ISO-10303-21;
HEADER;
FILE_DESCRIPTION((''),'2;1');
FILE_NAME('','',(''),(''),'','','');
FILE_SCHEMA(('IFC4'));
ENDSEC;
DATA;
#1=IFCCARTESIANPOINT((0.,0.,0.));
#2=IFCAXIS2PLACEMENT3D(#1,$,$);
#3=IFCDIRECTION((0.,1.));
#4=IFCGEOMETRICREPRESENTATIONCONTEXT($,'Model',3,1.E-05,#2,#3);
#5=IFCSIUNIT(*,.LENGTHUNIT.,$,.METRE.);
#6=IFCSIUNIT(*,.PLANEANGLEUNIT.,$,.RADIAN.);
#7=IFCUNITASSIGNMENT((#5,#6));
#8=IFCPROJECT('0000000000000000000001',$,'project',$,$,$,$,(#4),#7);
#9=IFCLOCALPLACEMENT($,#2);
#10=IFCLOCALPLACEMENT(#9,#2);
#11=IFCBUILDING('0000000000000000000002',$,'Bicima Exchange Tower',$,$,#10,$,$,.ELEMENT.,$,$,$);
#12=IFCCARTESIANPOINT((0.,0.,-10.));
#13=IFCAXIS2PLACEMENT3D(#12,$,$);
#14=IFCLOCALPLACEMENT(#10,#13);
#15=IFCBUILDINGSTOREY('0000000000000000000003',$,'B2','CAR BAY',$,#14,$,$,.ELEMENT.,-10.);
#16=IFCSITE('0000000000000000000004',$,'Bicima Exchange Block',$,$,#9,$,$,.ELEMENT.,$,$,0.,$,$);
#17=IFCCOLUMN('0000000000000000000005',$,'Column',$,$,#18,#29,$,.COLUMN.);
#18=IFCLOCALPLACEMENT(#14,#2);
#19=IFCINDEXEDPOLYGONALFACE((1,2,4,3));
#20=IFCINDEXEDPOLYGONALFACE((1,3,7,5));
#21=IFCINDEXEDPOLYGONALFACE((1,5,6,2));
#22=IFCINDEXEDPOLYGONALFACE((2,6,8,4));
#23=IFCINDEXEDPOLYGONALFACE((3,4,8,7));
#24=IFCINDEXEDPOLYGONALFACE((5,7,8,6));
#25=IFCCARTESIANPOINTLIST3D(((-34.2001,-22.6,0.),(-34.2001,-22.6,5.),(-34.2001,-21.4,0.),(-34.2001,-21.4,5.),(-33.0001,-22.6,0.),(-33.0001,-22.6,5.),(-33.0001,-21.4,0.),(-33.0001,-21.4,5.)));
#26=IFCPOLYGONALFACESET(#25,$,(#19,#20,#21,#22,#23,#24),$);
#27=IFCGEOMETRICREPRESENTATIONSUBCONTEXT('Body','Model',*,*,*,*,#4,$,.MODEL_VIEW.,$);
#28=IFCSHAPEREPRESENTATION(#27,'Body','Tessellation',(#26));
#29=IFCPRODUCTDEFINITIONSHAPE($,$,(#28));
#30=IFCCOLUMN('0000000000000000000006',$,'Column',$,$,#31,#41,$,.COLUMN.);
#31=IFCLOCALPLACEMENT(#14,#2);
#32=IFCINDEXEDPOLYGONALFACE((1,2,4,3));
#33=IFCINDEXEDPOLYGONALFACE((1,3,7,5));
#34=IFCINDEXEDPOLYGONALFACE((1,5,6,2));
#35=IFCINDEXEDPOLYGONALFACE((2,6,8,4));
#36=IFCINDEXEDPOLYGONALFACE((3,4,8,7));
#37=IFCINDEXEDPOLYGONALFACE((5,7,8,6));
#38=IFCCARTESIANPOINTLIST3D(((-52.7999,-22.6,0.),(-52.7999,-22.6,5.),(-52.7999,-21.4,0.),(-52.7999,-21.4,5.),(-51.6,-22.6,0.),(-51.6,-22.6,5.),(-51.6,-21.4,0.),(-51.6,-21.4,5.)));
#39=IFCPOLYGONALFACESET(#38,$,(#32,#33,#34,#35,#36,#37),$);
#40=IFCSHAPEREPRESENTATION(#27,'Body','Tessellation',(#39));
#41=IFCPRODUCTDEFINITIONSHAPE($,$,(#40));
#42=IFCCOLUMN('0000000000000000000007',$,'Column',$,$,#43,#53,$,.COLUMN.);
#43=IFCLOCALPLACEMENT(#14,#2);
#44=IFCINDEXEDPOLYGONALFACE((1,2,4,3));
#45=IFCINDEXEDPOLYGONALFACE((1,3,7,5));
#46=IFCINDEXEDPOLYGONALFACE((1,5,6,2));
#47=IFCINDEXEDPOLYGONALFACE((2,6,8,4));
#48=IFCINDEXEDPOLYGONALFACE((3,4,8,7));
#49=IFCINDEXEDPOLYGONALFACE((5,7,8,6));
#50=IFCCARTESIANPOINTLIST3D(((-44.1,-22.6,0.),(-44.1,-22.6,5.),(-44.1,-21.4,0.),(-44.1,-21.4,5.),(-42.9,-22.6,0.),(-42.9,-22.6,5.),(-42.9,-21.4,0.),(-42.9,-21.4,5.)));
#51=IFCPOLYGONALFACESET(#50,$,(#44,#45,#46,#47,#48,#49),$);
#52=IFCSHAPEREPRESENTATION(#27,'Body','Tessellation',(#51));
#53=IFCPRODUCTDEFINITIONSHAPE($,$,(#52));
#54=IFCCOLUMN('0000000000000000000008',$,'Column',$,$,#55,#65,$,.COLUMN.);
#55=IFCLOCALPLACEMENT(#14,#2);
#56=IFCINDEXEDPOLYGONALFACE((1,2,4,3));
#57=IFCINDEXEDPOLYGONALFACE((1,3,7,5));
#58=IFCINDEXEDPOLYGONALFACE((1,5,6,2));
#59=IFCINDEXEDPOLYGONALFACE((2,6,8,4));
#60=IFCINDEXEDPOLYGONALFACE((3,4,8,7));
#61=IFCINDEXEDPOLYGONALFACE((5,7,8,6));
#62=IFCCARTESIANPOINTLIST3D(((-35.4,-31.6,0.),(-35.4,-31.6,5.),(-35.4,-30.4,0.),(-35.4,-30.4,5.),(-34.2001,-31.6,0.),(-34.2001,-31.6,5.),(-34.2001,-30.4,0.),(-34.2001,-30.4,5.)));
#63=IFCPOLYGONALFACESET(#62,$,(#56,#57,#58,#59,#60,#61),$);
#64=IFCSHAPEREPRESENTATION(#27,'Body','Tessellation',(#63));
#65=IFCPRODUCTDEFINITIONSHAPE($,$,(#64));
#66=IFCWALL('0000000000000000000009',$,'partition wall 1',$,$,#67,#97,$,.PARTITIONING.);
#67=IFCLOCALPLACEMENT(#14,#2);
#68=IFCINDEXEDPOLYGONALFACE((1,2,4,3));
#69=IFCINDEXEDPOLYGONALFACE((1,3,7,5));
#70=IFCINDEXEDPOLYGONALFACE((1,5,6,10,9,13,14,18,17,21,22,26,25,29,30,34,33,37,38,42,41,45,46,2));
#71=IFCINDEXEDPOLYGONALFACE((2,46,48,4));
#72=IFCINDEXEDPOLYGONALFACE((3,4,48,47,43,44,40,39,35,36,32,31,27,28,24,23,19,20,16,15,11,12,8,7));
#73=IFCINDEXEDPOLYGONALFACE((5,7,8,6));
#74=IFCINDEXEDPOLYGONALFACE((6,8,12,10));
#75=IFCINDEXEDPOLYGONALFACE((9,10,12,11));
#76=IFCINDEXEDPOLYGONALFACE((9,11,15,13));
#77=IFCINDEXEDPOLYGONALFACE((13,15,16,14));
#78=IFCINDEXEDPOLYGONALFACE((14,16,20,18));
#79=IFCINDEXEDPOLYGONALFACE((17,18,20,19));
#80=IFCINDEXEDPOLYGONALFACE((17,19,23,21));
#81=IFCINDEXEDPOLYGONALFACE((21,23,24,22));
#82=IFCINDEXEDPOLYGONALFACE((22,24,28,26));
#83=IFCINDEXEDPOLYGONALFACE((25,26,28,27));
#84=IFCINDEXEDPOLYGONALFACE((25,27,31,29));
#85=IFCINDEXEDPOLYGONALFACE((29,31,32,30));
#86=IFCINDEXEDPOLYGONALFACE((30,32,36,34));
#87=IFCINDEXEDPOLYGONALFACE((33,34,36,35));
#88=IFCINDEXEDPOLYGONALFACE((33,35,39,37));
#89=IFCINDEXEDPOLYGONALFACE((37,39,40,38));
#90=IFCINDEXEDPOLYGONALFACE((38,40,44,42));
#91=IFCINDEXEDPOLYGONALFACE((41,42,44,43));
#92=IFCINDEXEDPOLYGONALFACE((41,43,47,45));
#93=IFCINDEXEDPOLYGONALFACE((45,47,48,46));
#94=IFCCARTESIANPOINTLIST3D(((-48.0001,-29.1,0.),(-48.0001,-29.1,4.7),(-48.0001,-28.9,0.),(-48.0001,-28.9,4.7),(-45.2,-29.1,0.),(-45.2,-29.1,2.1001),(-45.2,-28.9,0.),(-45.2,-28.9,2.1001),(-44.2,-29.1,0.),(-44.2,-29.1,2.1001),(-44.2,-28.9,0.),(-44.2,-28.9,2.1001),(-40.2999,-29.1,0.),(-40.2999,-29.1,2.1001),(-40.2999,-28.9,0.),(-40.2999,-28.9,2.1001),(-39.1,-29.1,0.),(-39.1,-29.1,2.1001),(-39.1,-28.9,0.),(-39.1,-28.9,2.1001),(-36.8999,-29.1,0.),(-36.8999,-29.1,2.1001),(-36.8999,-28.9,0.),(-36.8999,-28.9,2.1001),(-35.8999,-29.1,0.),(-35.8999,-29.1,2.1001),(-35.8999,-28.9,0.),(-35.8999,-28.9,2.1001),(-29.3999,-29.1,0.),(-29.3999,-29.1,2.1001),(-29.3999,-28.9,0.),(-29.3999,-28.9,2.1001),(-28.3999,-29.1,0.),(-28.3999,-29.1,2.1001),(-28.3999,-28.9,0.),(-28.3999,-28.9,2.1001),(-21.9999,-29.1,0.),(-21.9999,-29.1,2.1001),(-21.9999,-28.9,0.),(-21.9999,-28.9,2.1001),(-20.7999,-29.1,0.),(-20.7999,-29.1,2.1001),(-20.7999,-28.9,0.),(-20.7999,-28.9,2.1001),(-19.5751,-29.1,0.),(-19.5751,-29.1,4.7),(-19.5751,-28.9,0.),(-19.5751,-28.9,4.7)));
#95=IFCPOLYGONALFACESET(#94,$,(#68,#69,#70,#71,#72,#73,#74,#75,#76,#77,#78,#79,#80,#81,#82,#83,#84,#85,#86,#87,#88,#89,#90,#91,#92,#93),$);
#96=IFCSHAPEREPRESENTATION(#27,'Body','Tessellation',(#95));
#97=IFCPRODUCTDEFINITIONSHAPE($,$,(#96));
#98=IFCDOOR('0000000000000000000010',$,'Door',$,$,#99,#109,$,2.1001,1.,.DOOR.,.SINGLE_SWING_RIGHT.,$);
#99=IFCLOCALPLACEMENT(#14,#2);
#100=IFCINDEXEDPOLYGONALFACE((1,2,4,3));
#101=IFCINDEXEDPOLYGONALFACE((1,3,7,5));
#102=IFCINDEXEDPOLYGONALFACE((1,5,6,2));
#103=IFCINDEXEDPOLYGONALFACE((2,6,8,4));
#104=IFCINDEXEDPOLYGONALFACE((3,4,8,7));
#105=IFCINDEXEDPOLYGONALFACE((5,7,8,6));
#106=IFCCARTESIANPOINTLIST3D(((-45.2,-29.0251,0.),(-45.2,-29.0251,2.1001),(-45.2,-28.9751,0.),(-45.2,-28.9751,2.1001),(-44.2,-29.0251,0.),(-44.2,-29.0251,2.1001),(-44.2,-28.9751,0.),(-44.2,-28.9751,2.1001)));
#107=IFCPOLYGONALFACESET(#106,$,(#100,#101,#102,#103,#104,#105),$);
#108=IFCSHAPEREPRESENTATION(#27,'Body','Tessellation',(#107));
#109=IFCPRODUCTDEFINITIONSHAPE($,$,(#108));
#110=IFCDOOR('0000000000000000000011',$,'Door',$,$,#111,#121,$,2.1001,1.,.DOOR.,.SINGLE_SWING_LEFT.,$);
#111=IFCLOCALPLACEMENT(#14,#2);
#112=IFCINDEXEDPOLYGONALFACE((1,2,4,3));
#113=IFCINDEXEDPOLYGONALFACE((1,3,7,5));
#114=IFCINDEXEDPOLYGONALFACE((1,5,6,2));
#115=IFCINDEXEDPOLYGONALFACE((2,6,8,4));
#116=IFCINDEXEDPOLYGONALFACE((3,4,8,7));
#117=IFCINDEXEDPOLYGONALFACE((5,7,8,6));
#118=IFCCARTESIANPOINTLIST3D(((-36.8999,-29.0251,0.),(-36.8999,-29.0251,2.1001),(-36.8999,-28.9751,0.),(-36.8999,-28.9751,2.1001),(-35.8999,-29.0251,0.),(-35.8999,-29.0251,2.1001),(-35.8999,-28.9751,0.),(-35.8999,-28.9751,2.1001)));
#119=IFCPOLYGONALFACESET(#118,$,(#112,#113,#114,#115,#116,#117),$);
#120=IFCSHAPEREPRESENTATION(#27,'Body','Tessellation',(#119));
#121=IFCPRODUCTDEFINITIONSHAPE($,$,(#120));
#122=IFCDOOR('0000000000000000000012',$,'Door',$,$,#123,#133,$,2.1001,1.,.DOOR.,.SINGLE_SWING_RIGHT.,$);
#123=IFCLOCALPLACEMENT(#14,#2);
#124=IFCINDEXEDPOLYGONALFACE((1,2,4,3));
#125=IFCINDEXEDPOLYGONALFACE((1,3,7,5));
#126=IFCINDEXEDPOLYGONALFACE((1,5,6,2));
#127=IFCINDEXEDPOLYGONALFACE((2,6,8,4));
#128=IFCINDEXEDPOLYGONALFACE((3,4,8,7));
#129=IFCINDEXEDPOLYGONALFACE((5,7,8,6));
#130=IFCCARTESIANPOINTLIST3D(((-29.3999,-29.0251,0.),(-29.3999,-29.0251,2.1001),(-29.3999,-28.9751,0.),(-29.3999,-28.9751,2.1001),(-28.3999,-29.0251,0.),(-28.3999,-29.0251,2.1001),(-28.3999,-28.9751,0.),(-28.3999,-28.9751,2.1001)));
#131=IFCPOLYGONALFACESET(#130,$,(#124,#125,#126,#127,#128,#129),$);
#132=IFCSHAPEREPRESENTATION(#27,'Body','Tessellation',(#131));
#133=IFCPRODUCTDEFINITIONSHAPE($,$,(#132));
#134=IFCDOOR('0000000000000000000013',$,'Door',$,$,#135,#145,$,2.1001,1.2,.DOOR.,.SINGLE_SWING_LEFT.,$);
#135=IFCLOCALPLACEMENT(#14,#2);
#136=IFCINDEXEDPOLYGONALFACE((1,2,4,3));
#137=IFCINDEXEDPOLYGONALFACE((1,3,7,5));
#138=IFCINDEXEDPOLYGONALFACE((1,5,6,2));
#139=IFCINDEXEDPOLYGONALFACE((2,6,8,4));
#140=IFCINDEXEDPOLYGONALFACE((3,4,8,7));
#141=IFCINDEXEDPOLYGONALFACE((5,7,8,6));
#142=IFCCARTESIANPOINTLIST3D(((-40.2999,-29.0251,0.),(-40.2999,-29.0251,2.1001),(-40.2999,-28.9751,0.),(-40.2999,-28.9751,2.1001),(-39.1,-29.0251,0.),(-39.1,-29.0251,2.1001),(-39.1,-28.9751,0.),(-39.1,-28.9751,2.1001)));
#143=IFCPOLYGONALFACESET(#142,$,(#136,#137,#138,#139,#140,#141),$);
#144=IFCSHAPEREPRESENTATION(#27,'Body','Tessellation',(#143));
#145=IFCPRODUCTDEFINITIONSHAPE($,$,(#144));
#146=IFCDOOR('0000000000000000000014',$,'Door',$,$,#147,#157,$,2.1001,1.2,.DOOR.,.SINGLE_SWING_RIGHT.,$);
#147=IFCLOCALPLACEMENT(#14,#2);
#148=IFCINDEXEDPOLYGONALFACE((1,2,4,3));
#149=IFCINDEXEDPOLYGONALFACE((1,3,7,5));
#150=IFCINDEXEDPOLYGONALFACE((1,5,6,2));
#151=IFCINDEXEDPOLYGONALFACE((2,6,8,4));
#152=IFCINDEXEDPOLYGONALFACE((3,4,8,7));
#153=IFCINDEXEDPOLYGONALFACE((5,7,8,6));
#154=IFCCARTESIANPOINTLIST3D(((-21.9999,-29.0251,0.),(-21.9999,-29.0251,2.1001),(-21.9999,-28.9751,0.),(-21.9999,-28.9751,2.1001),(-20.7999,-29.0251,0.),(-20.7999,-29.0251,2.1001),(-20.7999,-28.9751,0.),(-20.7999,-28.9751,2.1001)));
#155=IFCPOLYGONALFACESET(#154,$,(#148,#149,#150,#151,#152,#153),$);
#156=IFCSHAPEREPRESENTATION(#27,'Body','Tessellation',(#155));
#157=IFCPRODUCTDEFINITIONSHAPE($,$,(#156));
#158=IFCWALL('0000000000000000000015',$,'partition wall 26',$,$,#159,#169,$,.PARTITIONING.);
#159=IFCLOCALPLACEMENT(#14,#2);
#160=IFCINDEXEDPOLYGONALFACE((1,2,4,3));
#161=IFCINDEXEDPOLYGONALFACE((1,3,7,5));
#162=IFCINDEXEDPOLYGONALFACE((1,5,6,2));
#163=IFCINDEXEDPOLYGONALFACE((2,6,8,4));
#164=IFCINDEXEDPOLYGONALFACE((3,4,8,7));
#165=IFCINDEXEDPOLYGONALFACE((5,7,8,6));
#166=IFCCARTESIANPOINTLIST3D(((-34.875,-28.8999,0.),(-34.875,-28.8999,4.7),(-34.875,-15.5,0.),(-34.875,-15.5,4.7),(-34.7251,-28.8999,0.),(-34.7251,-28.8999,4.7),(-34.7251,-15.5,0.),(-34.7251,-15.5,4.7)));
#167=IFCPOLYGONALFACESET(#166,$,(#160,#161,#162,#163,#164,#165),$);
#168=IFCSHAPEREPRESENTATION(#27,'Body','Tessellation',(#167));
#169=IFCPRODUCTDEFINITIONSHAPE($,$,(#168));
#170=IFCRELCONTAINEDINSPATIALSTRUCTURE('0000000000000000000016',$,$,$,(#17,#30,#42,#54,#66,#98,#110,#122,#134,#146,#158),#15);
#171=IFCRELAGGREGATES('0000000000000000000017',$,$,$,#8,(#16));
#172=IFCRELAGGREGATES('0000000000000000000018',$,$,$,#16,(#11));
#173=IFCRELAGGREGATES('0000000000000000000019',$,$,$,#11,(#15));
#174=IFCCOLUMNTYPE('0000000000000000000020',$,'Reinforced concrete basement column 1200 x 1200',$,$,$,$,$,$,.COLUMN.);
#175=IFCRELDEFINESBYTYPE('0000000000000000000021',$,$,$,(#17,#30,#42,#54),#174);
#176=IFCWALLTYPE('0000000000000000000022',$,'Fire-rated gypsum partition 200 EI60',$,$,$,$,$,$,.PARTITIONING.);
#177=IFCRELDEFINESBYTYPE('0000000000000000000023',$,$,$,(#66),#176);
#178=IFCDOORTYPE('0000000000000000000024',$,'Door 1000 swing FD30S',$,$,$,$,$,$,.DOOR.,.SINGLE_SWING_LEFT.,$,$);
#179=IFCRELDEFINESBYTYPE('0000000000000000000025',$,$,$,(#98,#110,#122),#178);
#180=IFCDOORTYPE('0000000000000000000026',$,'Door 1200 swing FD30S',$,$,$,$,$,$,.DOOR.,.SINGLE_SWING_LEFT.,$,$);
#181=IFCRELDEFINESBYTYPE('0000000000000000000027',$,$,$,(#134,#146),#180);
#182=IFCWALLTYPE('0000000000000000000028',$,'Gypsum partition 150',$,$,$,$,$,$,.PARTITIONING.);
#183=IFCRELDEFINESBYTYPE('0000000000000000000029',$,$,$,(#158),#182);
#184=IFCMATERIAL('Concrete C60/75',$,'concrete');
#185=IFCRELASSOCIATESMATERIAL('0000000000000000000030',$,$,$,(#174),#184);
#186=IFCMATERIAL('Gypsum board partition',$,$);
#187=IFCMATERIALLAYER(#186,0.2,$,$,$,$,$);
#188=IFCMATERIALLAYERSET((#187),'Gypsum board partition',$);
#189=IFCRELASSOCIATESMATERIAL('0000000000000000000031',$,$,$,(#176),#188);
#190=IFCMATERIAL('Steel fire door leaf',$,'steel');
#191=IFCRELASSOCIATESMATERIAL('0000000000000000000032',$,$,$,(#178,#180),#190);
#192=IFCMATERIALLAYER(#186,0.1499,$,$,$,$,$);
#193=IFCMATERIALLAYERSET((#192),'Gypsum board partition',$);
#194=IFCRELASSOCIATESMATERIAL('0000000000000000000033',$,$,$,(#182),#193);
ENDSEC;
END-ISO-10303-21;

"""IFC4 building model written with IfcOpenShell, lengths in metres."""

from ifc_helpers import new_model, si_unit, direction, frame, frame_2d, origin, origin_2d, place, context, subcontext, project, spatial, rectangle, extrude, material, layer, layer_set, material_profile, profile_set, type_object, element, fill, save


model = new_model("IFC4")

# Units and contexts
model_context = context("Model", 3, precision=1e-05, world=origin(), true_north=direction((0.0, 1.0)))
body_context = subcontext(model_context, "Body", "Model", "MODEL_VIEW")
ifc_project = project(units=[si_unit("LENGTHUNIT", "METRE"), si_unit("PLANEANGLEUNIT", "RADIAN")], contexts=[model_context])

# Site, building, storey
site_placement = place(None, origin())
site = spatial("IfcSite", under=ifc_project, at=site_placement, Name="Bicima Exchange Block", CompositionType="ELEMENT", RefElevation=0.0)
building_placement = place(site_placement, origin())
building = spatial("IfcBuilding", under=site, at=building_placement, Name="Bicima Exchange Tower", CompositionType="ELEMENT")
storey_placement = place(building_placement, frame((0.0, 0.0, -10.0)))
storey = spatial("IfcBuildingStorey", under=building, at=storey_placement, Name="B2", Description="CAR BAY", CompositionType="ELEMENT", Elevation=-10.0)

# Columns
ifc_material_1 = material(Name="Concrete C60/75", Category="concrete")
ifc_material_profile = material_profile(ifc_material_1, rectangle(XDim=1.2, YDim=1.2, at=origin_2d()))
ifc_profile_set = profile_set([ifc_material_profile], Name="Concrete C60/75")
column_type = type_object("IfcColumnType", Name="Reinforced concrete basement column 1200 x 1200", PredefinedType="COLUMN", material=ifc_profile_set)
for number, where, z_axis, x_axis, name in (
    (1, (-33.6001, -22.0, 0.0), (0.0, 0.0, 1.0), (1.0, 0.0, 0.0), "Column"),
    (2, (-52.2, -22.0, 0.0), (0.0, 0.0, 1.0), (1.0, 0.0, 0.0), "Column"),
    (3, (-43.5, -22.0, 0.0), (0.0, 0.0, 1.0), (1.0, 0.0, 0.0), "Column"),
    (4, (-34.8, -31.0, 0.0), (0.0, 0.0, 1.0), (1.0, 0.0, 0.0), "Column"),
):
    element("IfcColumn", number, at=place(storey_placement, frame(where, z_axis=z_axis, x_axis=x_axis)), inside=storey, type_object=column_type, Name=name, PredefinedType="COLUMN", context=body_context, shape_type="SweptSolid", body=[
        extrude(rectangle(XDim=1.2, YDim=1.2, at=origin_2d()), origin(), (0.0, 0.0, 1.0), 5.0),
    ])

# Wall, openings, doors
ifc_material_2 = material(Name="Gypsum board partition")
ifc_layer_1 = layer(ifc_material_2, 0.2)
ifc_layer_set_1 = layer_set([ifc_layer_1], Name="Gypsum board partition")
wall_type_1 = type_object("IfcWallType", Name="Fire-rated gypsum partition 200 EI60", PredefinedType="PARTITIONING", material=ifc_layer_set_1)
wall_1_placement = place(storey_placement, frame((-48.0, -29.0, 0.0), z_axis=(0.0, 0.0, 1.0), x_axis=(1.0, 0.0, 0.0)))
wall_1 = element("IfcWall", 5, at=wall_1_placement, inside=storey, type_object=wall_type_1, Name="partition wall 1", PredefinedType="PARTITIONING", context=body_context, shape_type="SweptSolid", body=[
    extrude(rectangle(XDim=28.425, YDim=0.2, at=frame_2d((14.2124, 0.0))), origin(), (0.0, 0.0, 1.0), 4.7),
])
opening_1_placement = place(wall_1_placement, frame((7.7, 0.0, 0.0)))
opening_1 = element("IfcOpeningElement", 6, at=opening_1_placement, cuts=wall_1, PredefinedType="OPENING", context=body_context, shape_type="SweptSolid", body=[
    extrude(rectangle(XDim=1.2, YDim=2.1001, at=frame_2d((0.6001, 1.05))), frame((0.0, 0.1118, 0.0), z_axis=(0.0, -1.0, 0.0), x_axis=(1.0, 0.0, 0.0)), (0.0, 0.0, 1.0), 0.2239),
])
opening_2_placement = place(wall_1_placement, frame((26.0, 0.0, 0.0)))
opening_2 = element("IfcOpeningElement", 7, at=opening_2_placement, cuts=wall_1, PredefinedType="OPENING", context=body_context, shape_type="SweptSolid", body=[
    extrude(rectangle(XDim=1.2, YDim=2.1001, at=frame_2d((0.6001, 1.05))), frame((0.0, 0.1118, 0.0), z_axis=(0.0, -1.0, 0.0), x_axis=(1.0, 0.0, 0.0)), (0.0, 0.0, 1.0), 0.2239),
])
opening_3_placement = place(wall_1_placement, frame((2.8, 0.0, 0.0)))
opening_3 = element("IfcOpeningElement", 8, at=opening_3_placement, cuts=wall_1, PredefinedType="OPENING", context=body_context, shape_type="SweptSolid", body=[
    extrude(rectangle(XDim=1.0, YDim=2.1001, at=frame_2d((0.5, 1.05))), frame((0.0, 0.1118, 0.0), z_axis=(0.0, -1.0, 0.0), x_axis=(1.0, 0.0, 0.0)), (0.0, 0.0, 1.0), 0.2239),
])
opening_4_placement = place(wall_1_placement, frame((11.1001, 0.0, 0.0)))
opening_4 = element("IfcOpeningElement", 9, at=opening_4_placement, cuts=wall_1, PredefinedType="OPENING", context=body_context, shape_type="SweptSolid", body=[
    extrude(rectangle(XDim=1.0, YDim=2.1001, at=frame_2d((0.5, 1.05))), frame((0.0, 0.1118, 0.0), z_axis=(0.0, -1.0, 0.0), x_axis=(1.0, 0.0, 0.0)), (0.0, 0.0, 1.0), 0.2239),
])
opening_5_placement = place(wall_1_placement, frame((18.6001, 0.0, 0.0)))
opening_5 = element("IfcOpeningElement", 10, at=opening_5_placement, cuts=wall_1, PredefinedType="OPENING", context=body_context, shape_type="SweptSolid", body=[
    extrude(rectangle(XDim=1.0, YDim=2.1001, at=frame_2d((0.5, 1.05))), frame((0.0, 0.1118, 0.0), z_axis=(0.0, -1.0, 0.0), x_axis=(1.0, 0.0, 0.0)), (0.0, 0.0, 1.0), 0.2239),
])
ifc_material_3 = material(Name="Steel fire door leaf", Category="steel")
door_type_1 = type_object("IfcDoorType", Name="Door 1000 swing FD30S", OperationType="SINGLE_SWING_LEFT", PredefinedType="DOOR", material=ifc_material_3)
door_1_placement = place(opening_3_placement, origin())
door_1 = element("IfcDoor", 11, at=door_1_placement, inside=storey, type_object=door_type_1, Name="Door", OperationType="SINGLE_SWING_RIGHT", OverallHeight=2.1001, OverallWidth=1.0, PredefinedType="DOOR", context=body_context, shape_type="SweptSolid", body=[
    extrude(rectangle(XDim=1.0, YDim=2.1001, at=frame_2d((0.5, 1.05))), frame((0.0, 0.0249, 0.0), z_axis=(0.0, -1.0, 0.0), x_axis=(1.0, 0.0, 0.0)), (0.0, 0.0, 1.0), 0.05),
])
fill(opening_3, door_1)
door_2_placement = place(opening_4_placement, origin())
door_2 = element("IfcDoor", 12, at=door_2_placement, inside=storey, type_object=door_type_1, Name="Door", OperationType="SINGLE_SWING_LEFT", OverallHeight=2.1001, OverallWidth=1.0, PredefinedType="DOOR", context=body_context, shape_type="SweptSolid", body=[
    extrude(rectangle(XDim=1.0, YDim=2.1001, at=frame_2d((0.5, 1.05))), frame((0.0, 0.0249, 0.0), z_axis=(0.0, -1.0, 0.0), x_axis=(1.0, 0.0, 0.0)), (0.0, 0.0, 1.0), 0.05),
])
fill(opening_4, door_2)
door_3_placement = place(opening_5_placement, origin())
door_3 = element("IfcDoor", 13, at=door_3_placement, inside=storey, type_object=door_type_1, Name="Door", OperationType="SINGLE_SWING_RIGHT", OverallHeight=2.1001, OverallWidth=1.0, PredefinedType="DOOR", context=body_context, shape_type="SweptSolid", body=[
    extrude(rectangle(XDim=1.0, YDim=2.1001, at=frame_2d((0.5, 1.05))), frame((0.0, 0.0249, 0.0), z_axis=(0.0, -1.0, 0.0), x_axis=(1.0, 0.0, 0.0)), (0.0, 0.0, 1.0), 0.05),
])
fill(opening_5, door_3)
door_type_2 = type_object("IfcDoorType", Name="Door 1200 swing FD30S", OperationType="SINGLE_SWING_LEFT", PredefinedType="DOOR", material=ifc_material_3)
door_4_placement = place(opening_1_placement, origin())
door_4 = element("IfcDoor", 14, at=door_4_placement, inside=storey, type_object=door_type_2, Name="Door", OperationType="SINGLE_SWING_LEFT", OverallHeight=2.1001, OverallWidth=1.2, PredefinedType="DOOR", context=body_context, shape_type="SweptSolid", body=[
    extrude(rectangle(XDim=1.2, YDim=2.1001, at=frame_2d((0.6001, 1.05))), frame((0.0, 0.0249, 0.0), z_axis=(0.0, -1.0, 0.0), x_axis=(1.0, 0.0, 0.0)), (0.0, 0.0, 1.0), 0.05),
])
fill(opening_1, door_4)
door_5_placement = place(opening_2_placement, origin())
door_5 = element("IfcDoor", 15, at=door_5_placement, inside=storey, type_object=door_type_2, Name="Door", OperationType="SINGLE_SWING_RIGHT", OverallHeight=2.1001, OverallWidth=1.2, PredefinedType="DOOR", context=body_context, shape_type="SweptSolid", body=[
    extrude(rectangle(XDim=1.2, YDim=2.1001, at=frame_2d((0.6001, 1.05))), frame((0.0, 0.0249, 0.0), z_axis=(0.0, -1.0, 0.0), x_axis=(1.0, 0.0, 0.0)), (0.0, 0.0, 1.0), 0.05),
])
fill(opening_2, door_5)

# Wall
ifc_layer_2 = layer(ifc_material_2, 0.1499)
ifc_layer_set_2 = layer_set([ifc_layer_2], Name="Gypsum board partition")
wall_type_2 = type_object("IfcWallType", Name="Gypsum partition 150", PredefinedType="PARTITIONING", material=ifc_layer_set_2)
wall_2_placement = place(storey_placement, frame((-34.8, -28.8999, 0.0), z_axis=(0.0, 0.0, 1.0), x_axis=(0.0, 1.0, 0.0)))
element("IfcWall", 16, at=wall_2_placement, inside=storey, type_object=wall_type_2, Name="partition wall 26", PredefinedType="PARTITIONING", context=body_context, shape_type="SweptSolid", body=[
    extrude(rectangle(XDim=13.3999, YDim=0.1499, at=frame_2d((6.7, 0.0))), origin(), (0.0, 0.0, 1.0), 4.7),
])

save(model, "model.ifc")
